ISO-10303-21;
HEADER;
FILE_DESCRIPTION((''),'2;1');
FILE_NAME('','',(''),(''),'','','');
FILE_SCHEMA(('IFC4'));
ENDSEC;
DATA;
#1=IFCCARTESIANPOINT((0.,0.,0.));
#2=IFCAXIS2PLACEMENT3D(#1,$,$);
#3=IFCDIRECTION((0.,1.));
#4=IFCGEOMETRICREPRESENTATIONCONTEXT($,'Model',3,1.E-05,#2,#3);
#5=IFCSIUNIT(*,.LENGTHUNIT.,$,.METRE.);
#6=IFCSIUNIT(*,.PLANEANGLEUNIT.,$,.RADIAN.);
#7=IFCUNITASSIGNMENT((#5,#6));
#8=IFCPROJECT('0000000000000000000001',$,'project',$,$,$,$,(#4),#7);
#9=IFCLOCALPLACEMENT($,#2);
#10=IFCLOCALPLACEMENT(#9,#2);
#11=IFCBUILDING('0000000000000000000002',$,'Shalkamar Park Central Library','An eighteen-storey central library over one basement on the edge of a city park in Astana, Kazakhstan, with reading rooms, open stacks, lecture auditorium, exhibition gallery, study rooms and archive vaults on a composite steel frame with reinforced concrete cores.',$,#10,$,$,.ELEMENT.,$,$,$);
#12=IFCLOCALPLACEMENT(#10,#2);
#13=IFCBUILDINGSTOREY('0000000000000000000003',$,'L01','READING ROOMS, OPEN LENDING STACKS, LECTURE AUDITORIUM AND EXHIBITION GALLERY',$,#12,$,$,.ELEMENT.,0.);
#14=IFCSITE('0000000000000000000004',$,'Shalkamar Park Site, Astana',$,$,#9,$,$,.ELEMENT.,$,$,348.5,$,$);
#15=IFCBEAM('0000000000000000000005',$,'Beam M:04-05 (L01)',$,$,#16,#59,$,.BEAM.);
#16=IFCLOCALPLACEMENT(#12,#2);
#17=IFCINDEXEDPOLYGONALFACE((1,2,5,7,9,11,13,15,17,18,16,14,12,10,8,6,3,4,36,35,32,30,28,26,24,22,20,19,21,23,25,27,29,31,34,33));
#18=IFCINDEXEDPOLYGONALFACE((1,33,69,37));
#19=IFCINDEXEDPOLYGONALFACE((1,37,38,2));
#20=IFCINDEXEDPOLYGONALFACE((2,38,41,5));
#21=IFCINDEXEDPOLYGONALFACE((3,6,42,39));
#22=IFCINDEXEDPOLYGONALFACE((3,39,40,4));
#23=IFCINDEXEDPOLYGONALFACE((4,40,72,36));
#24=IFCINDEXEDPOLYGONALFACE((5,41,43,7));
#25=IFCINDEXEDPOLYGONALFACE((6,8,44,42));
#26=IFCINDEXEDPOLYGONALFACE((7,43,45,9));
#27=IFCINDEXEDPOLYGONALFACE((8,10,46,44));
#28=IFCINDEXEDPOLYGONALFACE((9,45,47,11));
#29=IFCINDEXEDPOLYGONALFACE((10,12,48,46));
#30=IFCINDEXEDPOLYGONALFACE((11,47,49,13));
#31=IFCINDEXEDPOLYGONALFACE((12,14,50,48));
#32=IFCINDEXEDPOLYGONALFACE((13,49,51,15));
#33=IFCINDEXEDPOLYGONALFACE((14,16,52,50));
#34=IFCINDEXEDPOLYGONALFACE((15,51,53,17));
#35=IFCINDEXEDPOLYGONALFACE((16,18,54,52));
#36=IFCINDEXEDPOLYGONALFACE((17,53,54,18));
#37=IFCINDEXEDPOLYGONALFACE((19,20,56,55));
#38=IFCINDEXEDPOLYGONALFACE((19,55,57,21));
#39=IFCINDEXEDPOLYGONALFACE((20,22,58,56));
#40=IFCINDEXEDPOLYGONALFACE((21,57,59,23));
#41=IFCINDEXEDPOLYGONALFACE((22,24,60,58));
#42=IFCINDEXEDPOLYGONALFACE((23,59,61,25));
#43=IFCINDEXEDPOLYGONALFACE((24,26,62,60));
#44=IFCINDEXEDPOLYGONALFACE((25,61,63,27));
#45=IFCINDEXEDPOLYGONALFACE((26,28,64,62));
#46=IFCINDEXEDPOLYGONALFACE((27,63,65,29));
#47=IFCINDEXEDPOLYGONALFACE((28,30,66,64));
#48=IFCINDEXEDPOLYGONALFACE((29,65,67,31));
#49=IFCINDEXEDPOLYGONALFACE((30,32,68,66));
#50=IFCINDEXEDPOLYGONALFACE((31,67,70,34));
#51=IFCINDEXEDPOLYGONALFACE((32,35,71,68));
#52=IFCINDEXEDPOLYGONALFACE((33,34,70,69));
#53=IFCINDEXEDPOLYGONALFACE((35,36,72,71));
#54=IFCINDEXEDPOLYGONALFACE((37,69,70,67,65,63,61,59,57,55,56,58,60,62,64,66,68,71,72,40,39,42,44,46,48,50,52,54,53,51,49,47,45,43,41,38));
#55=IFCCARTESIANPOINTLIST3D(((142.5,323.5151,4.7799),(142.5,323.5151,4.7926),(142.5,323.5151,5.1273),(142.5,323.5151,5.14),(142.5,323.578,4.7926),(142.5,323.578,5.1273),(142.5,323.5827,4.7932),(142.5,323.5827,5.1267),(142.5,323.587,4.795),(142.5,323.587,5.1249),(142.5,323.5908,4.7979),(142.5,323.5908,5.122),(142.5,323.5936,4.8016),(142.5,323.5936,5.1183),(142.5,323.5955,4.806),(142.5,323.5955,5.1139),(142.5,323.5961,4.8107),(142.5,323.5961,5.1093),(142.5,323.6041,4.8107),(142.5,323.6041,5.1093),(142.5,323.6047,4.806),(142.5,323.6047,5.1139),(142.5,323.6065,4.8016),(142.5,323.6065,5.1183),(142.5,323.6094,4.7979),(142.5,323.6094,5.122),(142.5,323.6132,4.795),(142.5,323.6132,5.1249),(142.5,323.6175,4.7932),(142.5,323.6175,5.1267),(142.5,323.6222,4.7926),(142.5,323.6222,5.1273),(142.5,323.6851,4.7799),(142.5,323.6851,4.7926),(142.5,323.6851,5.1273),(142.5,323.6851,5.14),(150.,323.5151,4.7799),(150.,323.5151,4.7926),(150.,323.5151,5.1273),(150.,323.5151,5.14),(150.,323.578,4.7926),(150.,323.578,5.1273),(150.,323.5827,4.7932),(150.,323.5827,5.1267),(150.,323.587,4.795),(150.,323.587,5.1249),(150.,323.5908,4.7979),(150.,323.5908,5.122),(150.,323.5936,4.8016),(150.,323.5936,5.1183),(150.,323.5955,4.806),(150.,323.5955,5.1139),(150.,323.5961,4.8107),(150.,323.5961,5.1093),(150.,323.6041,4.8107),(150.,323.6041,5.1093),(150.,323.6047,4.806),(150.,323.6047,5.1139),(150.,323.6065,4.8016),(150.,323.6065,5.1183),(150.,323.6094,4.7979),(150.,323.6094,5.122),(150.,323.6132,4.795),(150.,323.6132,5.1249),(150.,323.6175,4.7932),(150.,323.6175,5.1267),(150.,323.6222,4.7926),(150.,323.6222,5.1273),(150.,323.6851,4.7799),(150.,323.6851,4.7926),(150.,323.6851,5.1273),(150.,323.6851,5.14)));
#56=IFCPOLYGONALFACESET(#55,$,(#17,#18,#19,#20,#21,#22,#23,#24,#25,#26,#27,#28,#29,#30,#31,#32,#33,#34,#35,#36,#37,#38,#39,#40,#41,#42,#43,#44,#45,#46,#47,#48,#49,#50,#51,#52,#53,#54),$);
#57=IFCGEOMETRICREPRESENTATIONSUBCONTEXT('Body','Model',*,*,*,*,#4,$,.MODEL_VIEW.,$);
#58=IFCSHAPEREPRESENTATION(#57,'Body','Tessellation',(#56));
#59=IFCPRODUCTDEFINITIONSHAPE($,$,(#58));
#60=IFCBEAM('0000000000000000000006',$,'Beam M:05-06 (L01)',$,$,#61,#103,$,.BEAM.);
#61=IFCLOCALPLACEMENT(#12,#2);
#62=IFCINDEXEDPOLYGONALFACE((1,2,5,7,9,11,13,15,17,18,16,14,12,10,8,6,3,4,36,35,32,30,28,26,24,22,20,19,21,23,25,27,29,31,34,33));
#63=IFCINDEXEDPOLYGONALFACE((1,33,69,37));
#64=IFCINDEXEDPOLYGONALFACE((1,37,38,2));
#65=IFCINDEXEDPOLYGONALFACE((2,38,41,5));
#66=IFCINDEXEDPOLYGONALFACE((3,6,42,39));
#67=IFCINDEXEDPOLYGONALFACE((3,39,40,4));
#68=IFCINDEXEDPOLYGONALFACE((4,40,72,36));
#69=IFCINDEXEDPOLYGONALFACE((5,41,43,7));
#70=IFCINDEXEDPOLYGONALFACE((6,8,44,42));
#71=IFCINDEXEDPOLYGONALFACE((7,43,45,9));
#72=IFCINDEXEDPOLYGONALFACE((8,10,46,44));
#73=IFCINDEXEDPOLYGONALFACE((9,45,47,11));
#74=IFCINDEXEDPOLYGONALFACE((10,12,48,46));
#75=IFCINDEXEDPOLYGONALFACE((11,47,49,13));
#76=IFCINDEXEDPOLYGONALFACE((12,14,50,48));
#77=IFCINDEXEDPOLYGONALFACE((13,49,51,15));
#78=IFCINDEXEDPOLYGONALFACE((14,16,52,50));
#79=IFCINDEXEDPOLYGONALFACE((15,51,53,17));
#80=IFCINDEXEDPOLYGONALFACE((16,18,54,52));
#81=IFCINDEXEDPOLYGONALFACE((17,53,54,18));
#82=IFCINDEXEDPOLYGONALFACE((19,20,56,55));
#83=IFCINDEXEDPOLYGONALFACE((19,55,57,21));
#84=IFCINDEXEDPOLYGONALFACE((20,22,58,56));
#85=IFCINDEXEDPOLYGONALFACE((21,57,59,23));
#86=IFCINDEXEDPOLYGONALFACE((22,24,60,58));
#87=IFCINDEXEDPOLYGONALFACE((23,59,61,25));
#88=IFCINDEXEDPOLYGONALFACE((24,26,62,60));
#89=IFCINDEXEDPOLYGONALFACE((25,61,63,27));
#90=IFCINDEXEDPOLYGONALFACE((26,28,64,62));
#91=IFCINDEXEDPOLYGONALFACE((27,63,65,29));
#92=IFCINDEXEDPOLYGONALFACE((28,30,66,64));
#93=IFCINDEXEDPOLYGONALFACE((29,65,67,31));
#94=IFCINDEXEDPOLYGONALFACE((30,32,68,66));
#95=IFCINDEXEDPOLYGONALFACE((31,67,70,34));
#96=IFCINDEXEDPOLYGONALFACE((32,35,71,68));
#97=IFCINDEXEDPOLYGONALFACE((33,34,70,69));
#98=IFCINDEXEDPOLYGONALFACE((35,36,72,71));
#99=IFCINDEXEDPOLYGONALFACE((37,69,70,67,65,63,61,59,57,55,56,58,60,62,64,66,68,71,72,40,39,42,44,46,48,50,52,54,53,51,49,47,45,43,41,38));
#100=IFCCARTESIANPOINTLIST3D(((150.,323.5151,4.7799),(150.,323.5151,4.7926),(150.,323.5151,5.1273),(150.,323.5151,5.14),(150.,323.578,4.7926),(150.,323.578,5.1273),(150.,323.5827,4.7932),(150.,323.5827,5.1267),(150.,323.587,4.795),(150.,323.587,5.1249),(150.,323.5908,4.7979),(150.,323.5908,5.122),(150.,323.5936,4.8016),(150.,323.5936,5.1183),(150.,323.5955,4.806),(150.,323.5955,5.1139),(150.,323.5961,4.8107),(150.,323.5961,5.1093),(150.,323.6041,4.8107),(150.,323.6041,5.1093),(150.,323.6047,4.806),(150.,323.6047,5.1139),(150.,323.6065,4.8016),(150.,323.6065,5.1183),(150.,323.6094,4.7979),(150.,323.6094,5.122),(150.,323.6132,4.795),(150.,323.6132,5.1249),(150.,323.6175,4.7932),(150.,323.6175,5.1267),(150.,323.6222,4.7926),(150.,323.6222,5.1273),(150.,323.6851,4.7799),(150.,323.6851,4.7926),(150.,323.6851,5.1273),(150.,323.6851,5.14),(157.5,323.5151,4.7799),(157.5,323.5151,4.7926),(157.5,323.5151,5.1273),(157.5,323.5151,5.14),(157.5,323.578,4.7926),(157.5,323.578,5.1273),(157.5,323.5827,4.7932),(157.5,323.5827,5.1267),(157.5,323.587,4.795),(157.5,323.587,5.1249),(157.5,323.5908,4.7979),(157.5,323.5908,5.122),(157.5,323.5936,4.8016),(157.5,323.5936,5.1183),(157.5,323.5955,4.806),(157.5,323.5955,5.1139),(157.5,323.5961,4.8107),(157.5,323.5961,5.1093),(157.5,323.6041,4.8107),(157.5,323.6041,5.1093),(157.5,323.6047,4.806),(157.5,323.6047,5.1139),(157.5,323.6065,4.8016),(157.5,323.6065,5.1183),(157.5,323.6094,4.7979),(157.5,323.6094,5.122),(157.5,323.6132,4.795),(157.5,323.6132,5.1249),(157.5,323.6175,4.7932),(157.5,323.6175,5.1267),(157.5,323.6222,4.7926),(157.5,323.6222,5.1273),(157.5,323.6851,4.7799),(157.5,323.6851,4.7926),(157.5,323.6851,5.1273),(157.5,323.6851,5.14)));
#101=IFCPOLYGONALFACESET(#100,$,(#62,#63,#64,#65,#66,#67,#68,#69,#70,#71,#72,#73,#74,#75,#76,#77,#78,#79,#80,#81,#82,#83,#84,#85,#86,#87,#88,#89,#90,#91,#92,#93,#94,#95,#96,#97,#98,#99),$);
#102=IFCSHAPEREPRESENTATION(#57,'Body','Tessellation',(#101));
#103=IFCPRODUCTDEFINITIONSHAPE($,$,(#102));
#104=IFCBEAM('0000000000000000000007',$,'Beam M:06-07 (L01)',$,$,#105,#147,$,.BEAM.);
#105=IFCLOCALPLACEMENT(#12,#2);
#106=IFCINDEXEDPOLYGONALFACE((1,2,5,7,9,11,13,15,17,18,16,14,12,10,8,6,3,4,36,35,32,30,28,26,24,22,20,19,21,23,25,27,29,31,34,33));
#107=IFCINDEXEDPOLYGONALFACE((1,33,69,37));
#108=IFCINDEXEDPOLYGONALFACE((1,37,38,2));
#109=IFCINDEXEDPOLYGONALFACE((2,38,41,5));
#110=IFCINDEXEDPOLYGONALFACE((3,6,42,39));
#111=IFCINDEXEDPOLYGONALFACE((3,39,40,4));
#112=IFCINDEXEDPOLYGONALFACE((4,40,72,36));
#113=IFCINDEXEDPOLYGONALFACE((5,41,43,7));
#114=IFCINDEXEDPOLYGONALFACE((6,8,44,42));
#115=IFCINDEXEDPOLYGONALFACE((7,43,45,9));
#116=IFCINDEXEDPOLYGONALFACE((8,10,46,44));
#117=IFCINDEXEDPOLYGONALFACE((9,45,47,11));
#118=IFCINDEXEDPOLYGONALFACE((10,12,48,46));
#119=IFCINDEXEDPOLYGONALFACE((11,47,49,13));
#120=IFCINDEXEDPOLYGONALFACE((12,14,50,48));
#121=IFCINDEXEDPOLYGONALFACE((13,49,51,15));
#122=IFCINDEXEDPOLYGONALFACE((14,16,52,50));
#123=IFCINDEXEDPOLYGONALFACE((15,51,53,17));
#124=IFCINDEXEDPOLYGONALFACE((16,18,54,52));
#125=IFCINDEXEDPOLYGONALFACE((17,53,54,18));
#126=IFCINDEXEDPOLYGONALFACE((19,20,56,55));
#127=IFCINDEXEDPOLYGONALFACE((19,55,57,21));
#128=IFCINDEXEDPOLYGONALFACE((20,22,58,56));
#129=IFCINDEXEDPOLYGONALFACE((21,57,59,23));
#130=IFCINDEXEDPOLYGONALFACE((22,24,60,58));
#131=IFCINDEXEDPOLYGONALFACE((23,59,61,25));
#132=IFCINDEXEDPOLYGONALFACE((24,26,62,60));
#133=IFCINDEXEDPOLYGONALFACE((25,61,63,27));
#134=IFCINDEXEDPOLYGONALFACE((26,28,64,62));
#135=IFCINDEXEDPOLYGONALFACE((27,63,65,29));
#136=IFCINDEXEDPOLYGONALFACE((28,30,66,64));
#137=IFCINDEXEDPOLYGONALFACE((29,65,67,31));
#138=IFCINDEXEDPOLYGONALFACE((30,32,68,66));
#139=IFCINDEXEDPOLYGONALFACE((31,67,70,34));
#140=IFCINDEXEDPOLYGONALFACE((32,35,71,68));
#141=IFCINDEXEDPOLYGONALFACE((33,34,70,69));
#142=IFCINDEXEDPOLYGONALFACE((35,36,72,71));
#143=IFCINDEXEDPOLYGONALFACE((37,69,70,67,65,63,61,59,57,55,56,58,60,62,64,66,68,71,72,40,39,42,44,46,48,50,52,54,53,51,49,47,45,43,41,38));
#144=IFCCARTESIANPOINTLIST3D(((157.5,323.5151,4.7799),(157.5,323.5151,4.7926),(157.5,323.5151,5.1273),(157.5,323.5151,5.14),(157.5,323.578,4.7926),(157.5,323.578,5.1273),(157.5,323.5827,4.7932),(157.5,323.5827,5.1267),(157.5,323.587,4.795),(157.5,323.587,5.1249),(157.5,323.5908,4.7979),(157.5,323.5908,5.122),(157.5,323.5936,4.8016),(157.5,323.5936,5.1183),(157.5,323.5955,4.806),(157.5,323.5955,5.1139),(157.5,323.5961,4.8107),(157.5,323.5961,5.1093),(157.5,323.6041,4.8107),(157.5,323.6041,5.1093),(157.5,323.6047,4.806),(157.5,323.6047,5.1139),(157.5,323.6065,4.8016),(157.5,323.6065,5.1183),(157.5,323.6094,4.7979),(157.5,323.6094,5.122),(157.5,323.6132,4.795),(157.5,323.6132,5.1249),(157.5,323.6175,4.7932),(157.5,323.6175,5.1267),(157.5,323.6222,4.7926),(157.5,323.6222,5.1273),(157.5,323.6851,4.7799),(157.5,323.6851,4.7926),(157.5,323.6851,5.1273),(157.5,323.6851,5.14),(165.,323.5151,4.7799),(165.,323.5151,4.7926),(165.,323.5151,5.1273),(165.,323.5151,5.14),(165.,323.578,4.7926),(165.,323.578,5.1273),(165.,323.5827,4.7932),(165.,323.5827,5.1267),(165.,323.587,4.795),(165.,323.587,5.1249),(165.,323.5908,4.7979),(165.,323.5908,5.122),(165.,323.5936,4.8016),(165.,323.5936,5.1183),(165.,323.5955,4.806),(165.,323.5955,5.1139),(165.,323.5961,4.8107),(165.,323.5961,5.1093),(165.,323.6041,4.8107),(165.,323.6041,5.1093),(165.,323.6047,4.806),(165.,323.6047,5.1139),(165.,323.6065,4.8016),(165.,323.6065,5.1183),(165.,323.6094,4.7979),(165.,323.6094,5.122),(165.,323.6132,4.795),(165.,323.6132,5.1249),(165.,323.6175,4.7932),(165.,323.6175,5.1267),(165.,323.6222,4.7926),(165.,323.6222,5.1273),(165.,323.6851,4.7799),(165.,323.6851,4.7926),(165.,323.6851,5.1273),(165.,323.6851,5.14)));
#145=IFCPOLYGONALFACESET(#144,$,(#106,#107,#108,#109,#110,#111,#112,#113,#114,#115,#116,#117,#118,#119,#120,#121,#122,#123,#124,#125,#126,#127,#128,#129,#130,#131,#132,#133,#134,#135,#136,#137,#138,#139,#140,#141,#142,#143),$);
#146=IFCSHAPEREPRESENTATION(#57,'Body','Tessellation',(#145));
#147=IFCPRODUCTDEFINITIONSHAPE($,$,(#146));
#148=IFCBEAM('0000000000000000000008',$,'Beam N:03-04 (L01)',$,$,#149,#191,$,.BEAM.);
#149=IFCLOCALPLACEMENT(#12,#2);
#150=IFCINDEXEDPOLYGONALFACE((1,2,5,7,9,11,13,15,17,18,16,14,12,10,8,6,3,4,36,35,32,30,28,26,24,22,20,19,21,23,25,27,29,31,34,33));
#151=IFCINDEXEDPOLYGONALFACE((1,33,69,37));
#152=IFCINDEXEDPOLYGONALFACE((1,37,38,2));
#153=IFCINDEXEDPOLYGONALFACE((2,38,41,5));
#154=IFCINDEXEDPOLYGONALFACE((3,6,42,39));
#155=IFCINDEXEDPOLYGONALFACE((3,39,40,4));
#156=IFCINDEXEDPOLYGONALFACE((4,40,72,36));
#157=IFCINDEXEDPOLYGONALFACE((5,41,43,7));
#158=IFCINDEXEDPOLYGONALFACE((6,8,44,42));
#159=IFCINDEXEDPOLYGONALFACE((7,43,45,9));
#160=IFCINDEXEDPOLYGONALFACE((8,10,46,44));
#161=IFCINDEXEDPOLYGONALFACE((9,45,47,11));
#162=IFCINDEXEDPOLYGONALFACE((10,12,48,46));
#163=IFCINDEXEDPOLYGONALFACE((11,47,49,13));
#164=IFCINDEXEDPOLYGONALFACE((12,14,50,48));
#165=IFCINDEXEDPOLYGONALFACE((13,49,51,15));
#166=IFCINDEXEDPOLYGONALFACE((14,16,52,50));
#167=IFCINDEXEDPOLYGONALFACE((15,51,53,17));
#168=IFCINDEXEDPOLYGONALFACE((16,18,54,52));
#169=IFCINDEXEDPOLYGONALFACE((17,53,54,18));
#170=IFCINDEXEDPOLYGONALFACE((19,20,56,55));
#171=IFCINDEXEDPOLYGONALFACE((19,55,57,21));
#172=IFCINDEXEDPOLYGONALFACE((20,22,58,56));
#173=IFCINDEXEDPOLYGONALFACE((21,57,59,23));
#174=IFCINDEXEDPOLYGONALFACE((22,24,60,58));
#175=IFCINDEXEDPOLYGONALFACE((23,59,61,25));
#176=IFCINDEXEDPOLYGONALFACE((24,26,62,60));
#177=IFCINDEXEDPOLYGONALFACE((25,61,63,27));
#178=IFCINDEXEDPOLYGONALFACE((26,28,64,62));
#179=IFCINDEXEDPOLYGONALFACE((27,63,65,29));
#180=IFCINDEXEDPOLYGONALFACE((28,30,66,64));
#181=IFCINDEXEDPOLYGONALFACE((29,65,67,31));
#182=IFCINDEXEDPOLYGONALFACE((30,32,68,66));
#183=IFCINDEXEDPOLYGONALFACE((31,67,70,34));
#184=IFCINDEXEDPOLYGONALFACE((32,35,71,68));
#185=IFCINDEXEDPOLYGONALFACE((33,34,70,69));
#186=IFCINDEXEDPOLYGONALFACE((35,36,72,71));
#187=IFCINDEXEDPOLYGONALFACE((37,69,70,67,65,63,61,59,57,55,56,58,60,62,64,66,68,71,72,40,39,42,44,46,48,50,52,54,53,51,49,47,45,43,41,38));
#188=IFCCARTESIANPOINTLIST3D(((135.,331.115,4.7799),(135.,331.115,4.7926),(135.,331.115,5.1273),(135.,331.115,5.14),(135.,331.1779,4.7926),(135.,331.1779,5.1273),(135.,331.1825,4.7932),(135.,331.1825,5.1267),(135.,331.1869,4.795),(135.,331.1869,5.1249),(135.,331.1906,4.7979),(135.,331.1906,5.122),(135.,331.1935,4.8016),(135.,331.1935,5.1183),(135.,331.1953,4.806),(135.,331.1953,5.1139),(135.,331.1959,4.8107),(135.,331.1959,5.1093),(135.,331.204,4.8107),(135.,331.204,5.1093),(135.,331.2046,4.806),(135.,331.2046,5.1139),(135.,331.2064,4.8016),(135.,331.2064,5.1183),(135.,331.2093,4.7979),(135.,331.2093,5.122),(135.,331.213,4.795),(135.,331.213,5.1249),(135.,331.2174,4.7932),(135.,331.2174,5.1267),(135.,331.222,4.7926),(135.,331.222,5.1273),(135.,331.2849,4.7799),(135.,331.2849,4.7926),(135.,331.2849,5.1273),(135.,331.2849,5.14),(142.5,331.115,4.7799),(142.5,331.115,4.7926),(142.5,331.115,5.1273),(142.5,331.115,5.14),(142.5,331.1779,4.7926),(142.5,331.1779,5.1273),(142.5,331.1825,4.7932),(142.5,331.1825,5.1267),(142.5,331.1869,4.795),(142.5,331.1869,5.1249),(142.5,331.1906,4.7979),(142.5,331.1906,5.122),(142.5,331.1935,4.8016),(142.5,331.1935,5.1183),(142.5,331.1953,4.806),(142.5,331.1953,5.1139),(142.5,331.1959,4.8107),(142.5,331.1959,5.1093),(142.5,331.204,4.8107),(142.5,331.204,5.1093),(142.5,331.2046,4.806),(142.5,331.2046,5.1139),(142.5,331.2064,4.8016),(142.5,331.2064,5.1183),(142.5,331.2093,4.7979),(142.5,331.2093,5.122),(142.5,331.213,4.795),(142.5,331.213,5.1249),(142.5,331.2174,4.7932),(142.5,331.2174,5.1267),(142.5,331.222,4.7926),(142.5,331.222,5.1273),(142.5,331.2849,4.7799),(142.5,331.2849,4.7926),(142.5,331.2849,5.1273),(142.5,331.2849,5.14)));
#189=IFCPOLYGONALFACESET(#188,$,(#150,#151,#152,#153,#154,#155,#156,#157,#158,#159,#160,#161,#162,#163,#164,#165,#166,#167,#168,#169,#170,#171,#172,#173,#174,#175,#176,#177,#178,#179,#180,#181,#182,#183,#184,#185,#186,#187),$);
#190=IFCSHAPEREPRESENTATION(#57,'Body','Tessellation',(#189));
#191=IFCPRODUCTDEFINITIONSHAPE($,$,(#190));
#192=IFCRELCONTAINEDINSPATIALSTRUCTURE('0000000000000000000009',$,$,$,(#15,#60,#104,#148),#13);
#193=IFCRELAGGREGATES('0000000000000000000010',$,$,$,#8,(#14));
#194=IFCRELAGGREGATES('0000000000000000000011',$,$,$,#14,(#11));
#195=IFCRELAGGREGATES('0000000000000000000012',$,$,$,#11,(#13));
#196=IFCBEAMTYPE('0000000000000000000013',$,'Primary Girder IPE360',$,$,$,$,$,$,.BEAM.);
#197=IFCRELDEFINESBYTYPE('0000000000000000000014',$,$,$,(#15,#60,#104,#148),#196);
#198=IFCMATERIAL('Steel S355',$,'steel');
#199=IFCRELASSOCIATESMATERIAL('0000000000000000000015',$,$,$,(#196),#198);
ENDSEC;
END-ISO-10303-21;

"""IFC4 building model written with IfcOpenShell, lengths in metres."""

from ifc_helpers import new_model, si_unit, direction, frame, origin, origin_2d, place, context, subcontext, project, spatial, i_section, extrude, material, material_profile, profile_set, type_object, element, save


model = new_model("IFC4")

# Units and contexts
model_context = context("Model", 3, precision=1e-05, world=origin(), true_north=direction((0.0, 1.0)))
body_context = subcontext(model_context, "Body", "Model", "MODEL_VIEW")
ifc_project = project(units=[si_unit("LENGTHUNIT", "METRE"), si_unit("PLANEANGLEUNIT", "RADIAN")], contexts=[model_context])

# Site, building, storey
site_placement = place(None, origin())
site = spatial("IfcSite", under=ifc_project, at=site_placement, Name="Shalkamar Park Site, Astana", CompositionType="ELEMENT", RefElevation=348.5)
building_placement = place(site_placement, origin())
building = spatial("IfcBuilding", under=site, at=building_placement, Name="Shalkamar Park Central Library", Description="An eighteen-storey central library over one basement on the edge of a city park in Astana, Kazakhstan, with reading rooms, open stacks, lecture auditorium, exhibition gallery, study rooms and archive vaults on a composite steel frame with reinforced concrete cores.", CompositionType="ELEMENT")
storey_placement = place(building_placement, origin())
storey = spatial("IfcBuildingStorey", under=building, at=storey_placement, Name="L01", Description="READING ROOMS, OPEN LENDING STACKS, LECTURE AUDITORIUM AND EXHIBITION GALLERY", CompositionType="ELEMENT", Elevation=0.0)

# Shared definitions
ifc_material_1 = material(Name="Steel S355", Category="steel")

# Beams
ifc_material_profile_1 = material_profile(ifc_material_1, i_section(OverallWidth=0.1699, OverallDepth=0.3601, WebThickness=0.0081, FlangeThickness=0.0127, FilletRadius=0.0181, at=origin_2d()), Name="IPE 360")
ifc_profile_set_1 = profile_set([ifc_material_profile_1], Name="Steel S355")
beam_type_1 = type_object("IfcBeamType", Name="Primary Girder IPE360", PredefinedType="BEAM", material=ifc_profile_set_1)
for number, where, z_axis, x_axis, name in (
    (1, (142.5, 323.6001, 4.96), (1.0, 0.0, 0.0), (0.0, 1.0, 0.0), "Beam M:04-05 (L01)"),
    (2, (150.0, 323.6001, 4.96), (1.0, 0.0, 0.0), (0.0, 1.0, 0.0), "Beam M:05-06 (L01)"),
    (3, (157.5, 323.6001, 4.96), (1.0, 0.0, 0.0), (0.0, 1.0, 0.0), "Beam M:06-07 (L01)"),
    (4, (135.0, 331.2, 4.96), (1.0, 0.0, 0.0), (0.0, 1.0, 0.0), "Beam N:03-04 (L01)"),
):
    element("IfcBeam", number, at=place(storey_placement, frame(where, z_axis=z_axis, x_axis=x_axis)), inside=storey, type_object=beam_type_1, Name=name, PredefinedType="BEAM", context=body_context, shape_type="SweptSolid", body=[
        extrude(i_section(OverallWidth=0.1699, OverallDepth=0.3601, WebThickness=0.0081, FlangeThickness=0.0127, FilletRadius=0.0181, at=origin_2d()), origin(), (0.0, 0.0, 1.0), 7.5),
    ])

save(model, "model.ifc")
